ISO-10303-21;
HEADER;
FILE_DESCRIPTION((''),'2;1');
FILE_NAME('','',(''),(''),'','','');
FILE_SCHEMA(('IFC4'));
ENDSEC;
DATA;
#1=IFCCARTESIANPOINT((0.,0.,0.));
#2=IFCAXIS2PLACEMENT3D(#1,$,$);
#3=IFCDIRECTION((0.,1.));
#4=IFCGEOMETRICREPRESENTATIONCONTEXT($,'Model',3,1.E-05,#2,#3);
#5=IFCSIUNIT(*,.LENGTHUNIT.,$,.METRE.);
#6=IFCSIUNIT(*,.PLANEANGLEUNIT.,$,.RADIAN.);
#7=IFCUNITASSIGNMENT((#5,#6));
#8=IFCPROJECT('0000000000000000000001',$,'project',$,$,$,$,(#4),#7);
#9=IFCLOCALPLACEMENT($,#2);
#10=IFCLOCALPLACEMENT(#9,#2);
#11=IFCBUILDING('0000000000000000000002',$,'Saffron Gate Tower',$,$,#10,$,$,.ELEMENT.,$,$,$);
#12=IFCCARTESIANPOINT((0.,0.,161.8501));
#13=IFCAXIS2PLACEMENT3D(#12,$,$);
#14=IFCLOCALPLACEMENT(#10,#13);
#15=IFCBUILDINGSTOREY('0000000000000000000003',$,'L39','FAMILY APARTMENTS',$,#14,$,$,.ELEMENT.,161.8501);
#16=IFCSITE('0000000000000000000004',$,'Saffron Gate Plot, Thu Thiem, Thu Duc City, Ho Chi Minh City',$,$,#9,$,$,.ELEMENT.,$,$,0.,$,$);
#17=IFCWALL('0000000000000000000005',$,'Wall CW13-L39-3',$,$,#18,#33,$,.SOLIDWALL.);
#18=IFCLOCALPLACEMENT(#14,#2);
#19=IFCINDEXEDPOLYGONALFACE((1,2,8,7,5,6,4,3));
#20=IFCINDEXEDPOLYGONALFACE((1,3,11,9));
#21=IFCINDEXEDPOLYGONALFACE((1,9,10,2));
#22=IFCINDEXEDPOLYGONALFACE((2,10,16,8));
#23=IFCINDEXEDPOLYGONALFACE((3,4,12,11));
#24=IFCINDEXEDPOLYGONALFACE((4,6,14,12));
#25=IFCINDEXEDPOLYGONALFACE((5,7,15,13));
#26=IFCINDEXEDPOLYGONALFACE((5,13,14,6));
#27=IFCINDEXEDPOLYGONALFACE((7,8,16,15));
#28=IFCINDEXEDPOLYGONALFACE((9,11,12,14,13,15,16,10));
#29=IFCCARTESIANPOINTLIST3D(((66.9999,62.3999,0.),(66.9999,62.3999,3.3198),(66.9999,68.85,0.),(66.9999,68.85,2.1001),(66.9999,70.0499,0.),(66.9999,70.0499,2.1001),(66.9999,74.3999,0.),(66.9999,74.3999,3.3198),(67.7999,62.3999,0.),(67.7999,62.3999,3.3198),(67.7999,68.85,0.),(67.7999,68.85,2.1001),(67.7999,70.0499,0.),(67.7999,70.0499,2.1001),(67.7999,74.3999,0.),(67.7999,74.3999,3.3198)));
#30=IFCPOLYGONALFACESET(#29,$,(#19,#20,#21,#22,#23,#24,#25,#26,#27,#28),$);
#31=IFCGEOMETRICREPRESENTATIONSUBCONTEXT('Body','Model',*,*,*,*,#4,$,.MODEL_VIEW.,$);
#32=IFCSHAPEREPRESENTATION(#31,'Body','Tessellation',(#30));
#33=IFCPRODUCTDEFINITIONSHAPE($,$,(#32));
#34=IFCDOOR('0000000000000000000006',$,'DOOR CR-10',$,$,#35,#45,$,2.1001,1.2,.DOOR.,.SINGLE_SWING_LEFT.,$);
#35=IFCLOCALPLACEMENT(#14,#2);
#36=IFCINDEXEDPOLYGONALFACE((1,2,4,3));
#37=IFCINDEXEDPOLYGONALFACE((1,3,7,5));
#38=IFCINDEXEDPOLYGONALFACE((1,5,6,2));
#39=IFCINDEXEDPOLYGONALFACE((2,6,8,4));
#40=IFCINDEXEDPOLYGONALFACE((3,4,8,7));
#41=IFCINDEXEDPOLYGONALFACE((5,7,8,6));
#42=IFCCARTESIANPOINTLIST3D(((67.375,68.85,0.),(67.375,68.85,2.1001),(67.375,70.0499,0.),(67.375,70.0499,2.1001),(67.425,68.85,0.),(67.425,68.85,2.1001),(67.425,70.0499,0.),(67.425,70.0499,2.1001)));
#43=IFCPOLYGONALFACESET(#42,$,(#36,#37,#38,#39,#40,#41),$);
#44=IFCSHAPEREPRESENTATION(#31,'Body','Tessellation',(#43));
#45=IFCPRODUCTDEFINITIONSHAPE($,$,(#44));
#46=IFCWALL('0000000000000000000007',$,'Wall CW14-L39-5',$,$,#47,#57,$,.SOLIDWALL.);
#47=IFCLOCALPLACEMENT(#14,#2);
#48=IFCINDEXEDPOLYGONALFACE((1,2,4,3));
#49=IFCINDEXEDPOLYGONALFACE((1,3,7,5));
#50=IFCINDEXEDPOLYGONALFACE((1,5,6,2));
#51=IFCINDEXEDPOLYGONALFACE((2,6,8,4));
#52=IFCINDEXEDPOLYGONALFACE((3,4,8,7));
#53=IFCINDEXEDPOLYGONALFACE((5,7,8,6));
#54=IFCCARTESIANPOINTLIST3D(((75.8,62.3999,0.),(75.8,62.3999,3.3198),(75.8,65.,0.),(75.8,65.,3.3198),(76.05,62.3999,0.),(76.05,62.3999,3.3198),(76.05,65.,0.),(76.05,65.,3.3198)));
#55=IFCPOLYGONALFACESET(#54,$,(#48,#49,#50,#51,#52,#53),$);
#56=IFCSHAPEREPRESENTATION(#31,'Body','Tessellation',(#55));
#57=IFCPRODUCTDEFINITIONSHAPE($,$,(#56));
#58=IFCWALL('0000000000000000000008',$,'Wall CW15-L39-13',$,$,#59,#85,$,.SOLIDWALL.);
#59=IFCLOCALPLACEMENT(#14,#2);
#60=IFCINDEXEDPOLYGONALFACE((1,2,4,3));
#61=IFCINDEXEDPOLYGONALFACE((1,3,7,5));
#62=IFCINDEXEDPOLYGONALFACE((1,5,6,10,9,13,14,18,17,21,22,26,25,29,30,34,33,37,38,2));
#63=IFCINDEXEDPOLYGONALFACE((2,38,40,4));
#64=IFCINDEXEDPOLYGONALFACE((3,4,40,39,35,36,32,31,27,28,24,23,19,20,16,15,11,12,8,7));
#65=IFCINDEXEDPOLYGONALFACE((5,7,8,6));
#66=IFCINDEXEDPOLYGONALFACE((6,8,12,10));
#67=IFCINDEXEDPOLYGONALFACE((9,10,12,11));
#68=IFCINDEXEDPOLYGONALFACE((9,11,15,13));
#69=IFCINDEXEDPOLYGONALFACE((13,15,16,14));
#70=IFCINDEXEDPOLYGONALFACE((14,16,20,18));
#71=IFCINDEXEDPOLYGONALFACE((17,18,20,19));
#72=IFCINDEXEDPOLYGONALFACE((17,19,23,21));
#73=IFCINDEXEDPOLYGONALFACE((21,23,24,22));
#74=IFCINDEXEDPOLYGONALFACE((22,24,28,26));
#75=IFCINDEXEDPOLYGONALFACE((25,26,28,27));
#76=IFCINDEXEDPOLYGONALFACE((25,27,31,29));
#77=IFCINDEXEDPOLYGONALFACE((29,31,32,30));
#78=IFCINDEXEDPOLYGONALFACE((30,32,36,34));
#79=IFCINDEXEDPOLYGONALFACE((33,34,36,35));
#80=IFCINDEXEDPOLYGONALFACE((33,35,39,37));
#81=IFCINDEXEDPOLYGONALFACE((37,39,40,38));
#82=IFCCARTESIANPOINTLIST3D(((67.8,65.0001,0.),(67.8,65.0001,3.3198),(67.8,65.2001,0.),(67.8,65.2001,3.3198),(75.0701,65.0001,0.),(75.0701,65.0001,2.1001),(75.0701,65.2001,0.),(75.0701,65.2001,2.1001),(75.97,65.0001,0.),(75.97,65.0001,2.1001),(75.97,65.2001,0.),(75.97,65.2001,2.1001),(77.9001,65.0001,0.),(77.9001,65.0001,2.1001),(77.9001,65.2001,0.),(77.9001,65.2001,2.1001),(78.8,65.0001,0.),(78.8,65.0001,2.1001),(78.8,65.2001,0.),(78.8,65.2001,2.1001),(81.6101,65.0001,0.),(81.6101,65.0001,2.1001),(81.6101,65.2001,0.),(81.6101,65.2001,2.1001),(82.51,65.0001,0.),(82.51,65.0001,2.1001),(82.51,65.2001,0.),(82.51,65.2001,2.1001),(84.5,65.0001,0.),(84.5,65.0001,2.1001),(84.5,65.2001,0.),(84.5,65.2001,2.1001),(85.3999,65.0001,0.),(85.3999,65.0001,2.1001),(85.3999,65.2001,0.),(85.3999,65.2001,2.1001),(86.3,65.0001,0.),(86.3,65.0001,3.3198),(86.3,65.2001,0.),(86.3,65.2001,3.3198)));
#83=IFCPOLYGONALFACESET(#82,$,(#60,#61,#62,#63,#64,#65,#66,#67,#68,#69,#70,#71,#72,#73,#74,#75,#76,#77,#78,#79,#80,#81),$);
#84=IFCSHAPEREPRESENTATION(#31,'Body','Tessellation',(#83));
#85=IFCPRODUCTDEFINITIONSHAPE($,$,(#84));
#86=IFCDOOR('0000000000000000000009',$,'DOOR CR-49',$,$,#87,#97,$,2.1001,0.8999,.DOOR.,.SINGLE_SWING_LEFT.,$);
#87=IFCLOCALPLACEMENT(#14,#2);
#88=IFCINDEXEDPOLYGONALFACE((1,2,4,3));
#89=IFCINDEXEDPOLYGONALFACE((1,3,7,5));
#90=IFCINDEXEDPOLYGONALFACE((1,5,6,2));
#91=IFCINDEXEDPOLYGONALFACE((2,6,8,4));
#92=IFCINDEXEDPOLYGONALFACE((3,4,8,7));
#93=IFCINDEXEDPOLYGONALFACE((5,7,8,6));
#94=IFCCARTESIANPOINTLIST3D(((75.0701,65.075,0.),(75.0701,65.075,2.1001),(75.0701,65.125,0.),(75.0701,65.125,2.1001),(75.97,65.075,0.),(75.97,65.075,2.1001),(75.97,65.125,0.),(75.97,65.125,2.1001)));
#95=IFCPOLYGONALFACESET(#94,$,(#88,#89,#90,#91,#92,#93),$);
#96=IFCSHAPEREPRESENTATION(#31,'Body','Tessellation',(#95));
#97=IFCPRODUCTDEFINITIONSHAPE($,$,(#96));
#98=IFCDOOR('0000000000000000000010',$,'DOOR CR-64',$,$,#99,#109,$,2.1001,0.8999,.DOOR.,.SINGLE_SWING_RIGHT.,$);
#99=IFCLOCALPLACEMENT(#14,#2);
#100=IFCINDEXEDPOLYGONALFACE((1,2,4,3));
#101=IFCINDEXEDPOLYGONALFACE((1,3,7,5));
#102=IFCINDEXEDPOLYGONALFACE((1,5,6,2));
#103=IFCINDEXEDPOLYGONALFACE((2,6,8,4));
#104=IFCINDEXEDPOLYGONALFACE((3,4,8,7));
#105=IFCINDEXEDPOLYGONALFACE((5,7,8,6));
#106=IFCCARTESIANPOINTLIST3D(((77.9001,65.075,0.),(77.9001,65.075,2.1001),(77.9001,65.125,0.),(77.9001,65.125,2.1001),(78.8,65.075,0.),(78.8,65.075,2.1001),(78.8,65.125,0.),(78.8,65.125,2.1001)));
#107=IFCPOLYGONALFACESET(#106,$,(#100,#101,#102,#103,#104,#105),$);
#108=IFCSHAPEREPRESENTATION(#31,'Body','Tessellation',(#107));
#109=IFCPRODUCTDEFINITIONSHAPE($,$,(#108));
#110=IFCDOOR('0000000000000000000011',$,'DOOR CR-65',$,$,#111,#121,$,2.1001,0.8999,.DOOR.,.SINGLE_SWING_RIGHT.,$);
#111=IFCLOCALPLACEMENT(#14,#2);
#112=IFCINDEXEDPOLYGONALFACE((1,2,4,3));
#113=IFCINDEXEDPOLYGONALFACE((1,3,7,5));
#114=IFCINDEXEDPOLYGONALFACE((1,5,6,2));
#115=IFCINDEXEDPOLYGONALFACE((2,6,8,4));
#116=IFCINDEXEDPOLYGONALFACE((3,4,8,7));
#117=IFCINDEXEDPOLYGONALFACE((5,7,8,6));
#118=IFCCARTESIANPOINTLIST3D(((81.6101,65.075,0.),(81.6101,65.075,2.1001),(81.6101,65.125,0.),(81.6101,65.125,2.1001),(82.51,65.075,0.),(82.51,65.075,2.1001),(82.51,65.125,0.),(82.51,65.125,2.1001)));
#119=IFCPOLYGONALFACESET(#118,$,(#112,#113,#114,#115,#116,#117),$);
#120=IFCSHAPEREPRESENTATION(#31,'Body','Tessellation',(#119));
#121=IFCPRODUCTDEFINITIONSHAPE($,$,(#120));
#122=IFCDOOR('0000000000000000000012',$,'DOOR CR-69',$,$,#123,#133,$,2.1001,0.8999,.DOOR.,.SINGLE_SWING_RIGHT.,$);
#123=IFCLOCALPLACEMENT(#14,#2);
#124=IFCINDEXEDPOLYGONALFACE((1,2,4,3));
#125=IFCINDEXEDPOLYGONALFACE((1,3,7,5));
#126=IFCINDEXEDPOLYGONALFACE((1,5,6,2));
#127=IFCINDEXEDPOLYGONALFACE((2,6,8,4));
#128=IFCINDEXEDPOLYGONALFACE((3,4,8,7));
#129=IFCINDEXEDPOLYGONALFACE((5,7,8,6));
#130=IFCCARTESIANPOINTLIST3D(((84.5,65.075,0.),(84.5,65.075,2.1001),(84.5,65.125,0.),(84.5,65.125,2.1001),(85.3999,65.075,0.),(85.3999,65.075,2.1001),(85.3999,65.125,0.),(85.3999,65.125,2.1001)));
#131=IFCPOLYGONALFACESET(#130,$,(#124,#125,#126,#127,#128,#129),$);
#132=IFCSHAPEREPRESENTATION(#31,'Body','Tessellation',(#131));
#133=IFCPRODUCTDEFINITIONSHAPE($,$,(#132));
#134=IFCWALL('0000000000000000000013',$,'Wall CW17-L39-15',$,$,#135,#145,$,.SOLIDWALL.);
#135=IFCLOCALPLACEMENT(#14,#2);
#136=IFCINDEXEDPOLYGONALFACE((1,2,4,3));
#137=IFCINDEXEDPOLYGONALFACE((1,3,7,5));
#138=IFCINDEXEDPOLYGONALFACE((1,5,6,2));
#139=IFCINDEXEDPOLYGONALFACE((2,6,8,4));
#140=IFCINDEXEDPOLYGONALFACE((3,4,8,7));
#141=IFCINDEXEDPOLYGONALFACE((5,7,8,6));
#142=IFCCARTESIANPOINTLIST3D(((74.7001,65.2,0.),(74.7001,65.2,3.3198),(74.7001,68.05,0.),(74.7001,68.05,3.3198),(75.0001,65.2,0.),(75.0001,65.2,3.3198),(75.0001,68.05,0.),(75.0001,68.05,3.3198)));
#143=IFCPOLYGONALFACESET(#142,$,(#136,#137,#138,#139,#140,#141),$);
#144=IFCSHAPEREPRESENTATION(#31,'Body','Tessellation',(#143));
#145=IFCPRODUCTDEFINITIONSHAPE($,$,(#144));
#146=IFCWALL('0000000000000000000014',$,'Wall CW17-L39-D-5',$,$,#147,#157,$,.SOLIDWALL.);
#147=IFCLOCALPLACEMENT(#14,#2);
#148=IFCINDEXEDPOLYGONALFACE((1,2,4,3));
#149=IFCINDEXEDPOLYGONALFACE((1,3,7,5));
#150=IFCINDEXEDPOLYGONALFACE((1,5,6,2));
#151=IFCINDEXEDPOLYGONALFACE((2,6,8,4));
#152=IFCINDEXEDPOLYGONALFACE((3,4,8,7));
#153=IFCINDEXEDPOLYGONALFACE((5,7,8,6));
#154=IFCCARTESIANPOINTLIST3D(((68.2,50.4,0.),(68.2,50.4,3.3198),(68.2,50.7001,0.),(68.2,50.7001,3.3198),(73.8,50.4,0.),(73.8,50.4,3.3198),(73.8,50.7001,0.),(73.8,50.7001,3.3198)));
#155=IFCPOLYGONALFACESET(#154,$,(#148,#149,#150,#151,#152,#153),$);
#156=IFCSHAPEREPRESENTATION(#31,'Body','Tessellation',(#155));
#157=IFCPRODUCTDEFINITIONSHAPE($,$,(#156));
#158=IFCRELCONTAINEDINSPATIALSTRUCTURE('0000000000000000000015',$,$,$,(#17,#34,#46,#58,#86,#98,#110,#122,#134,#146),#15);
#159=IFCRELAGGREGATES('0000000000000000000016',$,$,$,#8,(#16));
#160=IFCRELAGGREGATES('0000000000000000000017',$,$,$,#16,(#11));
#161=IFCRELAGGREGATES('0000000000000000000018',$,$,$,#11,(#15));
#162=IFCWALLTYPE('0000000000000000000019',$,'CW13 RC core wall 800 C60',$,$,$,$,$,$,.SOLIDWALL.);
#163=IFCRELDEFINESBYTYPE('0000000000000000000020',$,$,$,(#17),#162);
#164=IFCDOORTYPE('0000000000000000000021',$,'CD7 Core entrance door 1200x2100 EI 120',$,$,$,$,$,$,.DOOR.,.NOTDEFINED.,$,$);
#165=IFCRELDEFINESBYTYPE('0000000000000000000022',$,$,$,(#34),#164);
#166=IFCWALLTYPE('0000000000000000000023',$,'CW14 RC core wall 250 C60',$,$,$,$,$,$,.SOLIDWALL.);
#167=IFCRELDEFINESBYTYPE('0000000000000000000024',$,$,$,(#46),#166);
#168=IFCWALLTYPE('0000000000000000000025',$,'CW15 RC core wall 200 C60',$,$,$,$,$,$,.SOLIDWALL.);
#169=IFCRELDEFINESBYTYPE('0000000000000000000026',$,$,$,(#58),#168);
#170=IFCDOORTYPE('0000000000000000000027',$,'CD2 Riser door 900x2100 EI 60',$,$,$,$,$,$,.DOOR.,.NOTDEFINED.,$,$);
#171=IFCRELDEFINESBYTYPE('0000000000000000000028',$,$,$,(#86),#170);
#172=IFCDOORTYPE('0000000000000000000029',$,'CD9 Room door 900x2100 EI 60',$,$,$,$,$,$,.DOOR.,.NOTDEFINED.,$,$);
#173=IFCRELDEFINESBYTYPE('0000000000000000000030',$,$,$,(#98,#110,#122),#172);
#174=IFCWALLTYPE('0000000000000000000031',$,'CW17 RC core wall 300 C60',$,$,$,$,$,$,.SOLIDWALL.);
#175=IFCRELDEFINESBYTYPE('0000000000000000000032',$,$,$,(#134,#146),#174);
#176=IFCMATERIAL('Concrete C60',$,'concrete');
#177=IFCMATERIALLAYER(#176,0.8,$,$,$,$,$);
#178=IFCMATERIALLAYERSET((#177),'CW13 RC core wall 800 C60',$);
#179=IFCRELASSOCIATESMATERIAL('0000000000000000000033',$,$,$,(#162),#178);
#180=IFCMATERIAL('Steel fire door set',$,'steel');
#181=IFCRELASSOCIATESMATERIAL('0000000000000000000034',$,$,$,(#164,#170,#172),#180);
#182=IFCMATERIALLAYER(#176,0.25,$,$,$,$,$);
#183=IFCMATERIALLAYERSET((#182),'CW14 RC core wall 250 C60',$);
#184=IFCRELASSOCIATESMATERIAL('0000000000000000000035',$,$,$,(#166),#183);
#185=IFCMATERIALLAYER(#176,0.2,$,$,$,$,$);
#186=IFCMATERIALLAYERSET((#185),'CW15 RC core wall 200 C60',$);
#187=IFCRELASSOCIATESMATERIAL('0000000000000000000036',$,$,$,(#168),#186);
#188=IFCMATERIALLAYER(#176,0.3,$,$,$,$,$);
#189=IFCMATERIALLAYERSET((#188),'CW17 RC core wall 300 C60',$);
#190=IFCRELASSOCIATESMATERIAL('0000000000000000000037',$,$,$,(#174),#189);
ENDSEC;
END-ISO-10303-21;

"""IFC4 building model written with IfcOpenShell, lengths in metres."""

from ifc_helpers import new_model, si_unit, direction, frame, frame_2d, origin, place, context, subcontext, project, spatial, rectangle, extrude, material, layer, layer_set, type_object, element, fill, save


model = new_model("IFC4")

# Units and contexts
model_context = context("Model", 3, precision=1e-05, world=origin(), true_north=direction((0.0, 1.0)))
body_context = subcontext(model_context, "Body", "Model", "MODEL_VIEW")
ifc_project = project(units=[si_unit("LENGTHUNIT", "METRE"), si_unit("PLANEANGLEUNIT", "RADIAN")], contexts=[model_context])

# Site, building, storey
site_placement = place(None, origin())
site = spatial("IfcSite", under=ifc_project, at=site_placement, Name="Saffron Gate Plot, Thu Thiem, Thu Duc City, Ho Chi Minh City", CompositionType="ELEMENT", RefElevation=0.0)
building_placement = place(site_placement, origin())
building = spatial("IfcBuilding", under=site, at=building_placement, Name="Saffron Gate Tower", CompositionType="ELEMENT")
storey_placement = place(building_placement, frame((0.0, 0.0, 161.8501)))
storey = spatial("IfcBuildingStorey", under=building, at=storey_placement, Name="L39", Description="FAMILY APARTMENTS", CompositionType="ELEMENT", Elevation=161.8501)

# Wall, opening, door
ifc_material_1 = material(Name="Concrete C60", Category="concrete")
ifc_layer_1 = layer(ifc_material_1, 0.8)
ifc_layer_set_1 = layer_set([ifc_layer_1], Name="CW13 RC core wall 800 C60")
wall_type_1 = type_object("IfcWallType", Name="CW13 RC core wall 800 C60", PredefinedType="SOLIDWALL", material=ifc_layer_set_1)
wall_1_placement = place(storey_placement, frame((67.3999, 62.3999, 0.0), z_axis=(0.0, 0.0, 1.0), x_axis=(0.0, 1.0, 0.0)))
wall_1 = element("IfcWall", 1, at=wall_1_placement, inside=storey, type_object=wall_type_1, Name="Wall CW13-L39-3", PredefinedType="SOLIDWALL", context=body_context, shape_type="SweptSolid", body=[
    extrude(rectangle(XDim=12.0, YDim=0.8, at=frame_2d((6.0, 0.0))), origin(), (0.0, 0.0, 1.0), 3.3198),
])
opening_1_placement = place(wall_1_placement, frame((6.45, 0.0, 0.0)))
opening_1 = element("IfcOpeningElement", 2, at=opening_1_placement, cuts=wall_1, PredefinedType="OPENING", context=body_context, shape_type="SweptSolid", body=[
    extrude(rectangle(XDim=1.2, YDim=2.1001, at=frame_2d((0.6001, 1.05))), frame((0.0, 0.4102, 0.0), z_axis=(0.0, -1.0, 0.0), x_axis=(1.0, 0.0, 0.0)), (0.0, 0.0, 1.0), 0.8201),
])
ifc_material_2 = material(Name="Steel fire door set", Category="steel")
door_type_1 = type_object("IfcDoorType", Name="CD7 Core entrance door 1200x2100 EI 120", OperationType="NOTDEFINED", PredefinedType="DOOR", material=ifc_material_2)
door_1_placement = place(opening_1_placement, origin())
door_1 = element("IfcDoor", 3, at=door_1_placement, inside=storey, type_object=door_type_1, Name="DOOR CR-10", OperationType="SINGLE_SWING_LEFT", OverallHeight=2.1001, OverallWidth=1.2, PredefinedType="DOOR", context=body_context, shape_type="SweptSolid", body=[
    extrude(rectangle(XDim=1.2, YDim=2.1001, at=frame_2d((0.6001, 1.05))), frame((0.0, 0.0249, 0.0), z_axis=(0.0, -1.0, 0.0), x_axis=(1.0, 0.0, 0.0)), (0.0, 0.0, 1.0), 0.05),
])
fill(opening_1, door_1)

# Wall
ifc_layer_2 = layer(ifc_material_1, 0.25)
ifc_layer_set_2 = layer_set([ifc_layer_2], Name="CW14 RC core wall 250 C60")
wall_type_2 = type_object("IfcWallType", Name="CW14 RC core wall 250 C60", PredefinedType="SOLIDWALL", material=ifc_layer_set_2)
wall_2_placement = place(storey_placement, frame((75.925, 62.3999, 0.0), z_axis=(0.0, 0.0, 1.0), x_axis=(0.0, 1.0, 0.0)))
element("IfcWall", 4, at=wall_2_placement, inside=storey, type_object=wall_type_2, Name="Wall CW14-L39-5", PredefinedType="SOLIDWALL", context=body_context, shape_type="SweptSolid", body=[
    extrude(rectangle(XDim=2.6001, YDim=0.25, at=frame_2d((1.3, 0.0))), origin(), (0.0, 0.0, 1.0), 3.3198),
])

# Wall, openings, doors
ifc_layer_3 = layer(ifc_material_1, 0.2)
ifc_layer_set_3 = layer_set([ifc_layer_3], Name="CW15 RC core wall 200 C60")
wall_type_3 = type_object("IfcWallType", Name="CW15 RC core wall 200 C60", PredefinedType="SOLIDWALL", material=ifc_layer_set_3)
wall_3_placement = place(storey_placement, frame((67.8, 65.1001, 0.0), z_axis=(0.0, 0.0, 1.0), x_axis=(1.0, 0.0, 0.0)))
wall_3 = element("IfcWall", 5, at=wall_3_placement, inside=storey, type_object=wall_type_3, Name="Wall CW15-L39-13", PredefinedType="SOLIDWALL", context=body_context, shape_type="SweptSolid", body=[
    extrude(rectangle(XDim=18.5, YDim=0.2, at=frame_2d((9.25, 0.0))), origin(), (0.0, 0.0, 1.0), 3.3198),
])
opening_2_placement = place(wall_3_placement, frame((7.27, 0.0, 0.0)))
opening_2 = element("IfcOpeningElement", 6, at=opening_2_placement, cuts=wall_3, PredefinedType="OPENING", context=body_context, shape_type="SweptSolid", body=[
    extrude(rectangle(XDim=0.8999, YDim=2.1001, at=frame_2d((0.45, 1.05))), frame((0.0, 0.1099, 0.0), z_axis=(0.0, -1.0, 0.0), x_axis=(1.0, 0.0, 0.0)), (0.0, 0.0, 1.0), 0.22),
])
opening_3_placement = place(wall_3_placement, frame((10.1001, 0.0, 0.0)))
opening_3 = element("IfcOpeningElement", 7, at=opening_3_placement, cuts=wall_3, PredefinedType="OPENING", context=body_context, shape_type="SweptSolid", body=[
    extrude(rectangle(XDim=0.8999, YDim=2.1001, at=frame_2d((0.45, 1.05))), frame((0.0, 0.1099, 0.0), z_axis=(0.0, -1.0, 0.0), x_axis=(1.0, 0.0, 0.0)), (0.0, 0.0, 1.0), 0.22),
])
opening_4_placement = place(wall_3_placement, frame((13.8101, 0.0, 0.0)))
opening_4 = element("IfcOpeningElement", 8, at=opening_4_placement, cuts=wall_3, PredefinedType="OPENING", context=body_context, shape_type="SweptSolid", body=[
    extrude(rectangle(XDim=0.8999, YDim=2.1001, at=frame_2d((0.45, 1.05))), frame((0.0, 0.1099, 0.0), z_axis=(0.0, -1.0, 0.0), x_axis=(1.0, 0.0, 0.0)), (0.0, 0.0, 1.0), 0.22),
])
opening_5_placement = place(wall_3_placement, frame((16.7, 0.0, 0.0)))
opening_5 = element("IfcOpeningElement", 9, at=opening_5_placement, cuts=wall_3, PredefinedType="OPENING", context=body_context, shape_type="SweptSolid", body=[
    extrude(rectangle(XDim=0.8999, YDim=2.1001, at=frame_2d((0.45, 1.05))), frame((0.0, 0.1099, 0.0), z_axis=(0.0, -1.0, 0.0), x_axis=(1.0, 0.0, 0.0)), (0.0, 0.0, 1.0), 0.22),
])
door_type_2 = type_object("IfcDoorType", Name="CD2 Riser door 900x2100 EI 60", OperationType="NOTDEFINED", PredefinedType="DOOR", material=ifc_material_2)
door_2_placement = place(opening_2_placement, origin())
door_2 = element("IfcDoor", 10, at=door_2_placement, inside=storey, type_object=door_type_2, Name="DOOR CR-49", OperationType="SINGLE_SWING_LEFT", OverallHeight=2.1001, OverallWidth=0.8999, PredefinedType="DOOR", context=body_context, shape_type="SweptSolid", body=[
    extrude(rectangle(XDim=0.8999, YDim=2.1001, at=frame_2d((0.45, 1.05))), frame((0.0, 0.0249, 0.0), z_axis=(0.0, -1.0, 0.0), x_axis=(1.0, 0.0, 0.0)), (0.0, 0.0, 1.0), 0.05),
])
fill(opening_2, door_2)
door_type_3 = type_object("IfcDoorType", Name="CD9 Room door 900x2100 EI 60", OperationType="NOTDEFINED", PredefinedType="DOOR", material=ifc_material_2)
door_3_placement = place(opening_3_placement, origin())
door_3 = element("IfcDoor", 11, at=door_3_placement, inside=storey, type_object=door_type_3, Name="DOOR CR-64", OperationType="SINGLE_SWING_RIGHT", OverallHeight=2.1001, OverallWidth=0.8999, PredefinedType="DOOR", context=body_context, shape_type="SweptSolid", body=[
    extrude(rectangle(XDim=0.8999, YDim=2.1001, at=frame_2d((0.45, 1.05))), frame((0.0, 0.0249, 0.0), z_axis=(0.0, -1.0, 0.0), x_axis=(1.0, 0.0, 0.0)), (0.0, 0.0, 1.0), 0.05),
])
fill(opening_3, door_3)
door_4_placement = place(opening_4_placement, origin())
door_4 = element("IfcDoor", 12, at=door_4_placement, inside=storey, type_object=door_type_3, Name="DOOR CR-65", OperationType="SINGLE_SWING_RIGHT", OverallHeight=2.1001, OverallWidth=0.8999, PredefinedType="DOOR", context=body_context, shape_type="SweptSolid", body=[
    extrude(rectangle(XDim=0.8999, YDim=2.1001, at=frame_2d((0.45, 1.05))), frame((0.0, 0.0249, 0.0), z_axis=(0.0, -1.0, 0.0), x_axis=(1.0, 0.0, 0.0)), (0.0, 0.0, 1.0), 0.05),
])
fill(opening_4, door_4)
door_5_placement = place(opening_5_placement, origin())
door_5 = element("IfcDoor", 13, at=door_5_placement, inside=storey, type_object=door_type_3, Name="DOOR CR-69", OperationType="SINGLE_SWING_RIGHT", OverallHeight=2.1001, OverallWidth=0.8999, PredefinedType="DOOR", context=body_context, shape_type="SweptSolid", body=[
    extrude(rectangle(XDim=0.8999, YDim=2.1001, at=frame_2d((0.45, 1.05))), frame((0.0, 0.0249, 0.0), z_axis=(0.0, -1.0, 0.0), x_axis=(1.0, 0.0, 0.0)), (0.0, 0.0, 1.0), 0.05),
])
fill(opening_5, door_5)

# Walls
ifc_layer_4 = layer(ifc_material_1, 0.3)
ifc_layer_set_4 = layer_set([ifc_layer_4], Name="CW17 RC core wall 300 C60")
wall_type_4 = type_object("IfcWallType", Name="CW17 RC core wall 300 C60", PredefinedType="SOLIDWALL", material=ifc_layer_set_4)
wall_4_placement = place(storey_placement, frame((74.8501, 65.2, 0.0), z_axis=(0.0, 0.0, 1.0), x_axis=(0.0, 1.0, 0.0)))
element("IfcWall", 14, at=wall_4_placement, inside=storey, type_object=wall_type_4, Name="Wall CW17-L39-15", PredefinedType="SOLIDWALL", context=body_context, shape_type="SweptSolid", body=[
    extrude(rectangle(XDim=2.8501, YDim=0.3, at=frame_2d((1.425, 0.0))), origin(), (0.0, 0.0, 1.0), 3.3198),
])
wall_5_placement = place(storey_placement, frame((68.2, 50.55, 0.0), z_axis=(0.0, 0.0, 1.0), x_axis=(1.0, 0.0, 0.0)))
element("IfcWall", 15, at=wall_5_placement, inside=storey, type_object=wall_type_4, Name="Wall CW17-L39-D-5", PredefinedType="SOLIDWALL", context=body_context, shape_type="SweptSolid", body=[
    extrude(rectangle(XDim=5.6001, YDim=0.3, at=frame_2d((2.8, 0.0))), origin(), (0.0, 0.0, 1.0), 3.3198),
])

save(model, "model.ifc")
